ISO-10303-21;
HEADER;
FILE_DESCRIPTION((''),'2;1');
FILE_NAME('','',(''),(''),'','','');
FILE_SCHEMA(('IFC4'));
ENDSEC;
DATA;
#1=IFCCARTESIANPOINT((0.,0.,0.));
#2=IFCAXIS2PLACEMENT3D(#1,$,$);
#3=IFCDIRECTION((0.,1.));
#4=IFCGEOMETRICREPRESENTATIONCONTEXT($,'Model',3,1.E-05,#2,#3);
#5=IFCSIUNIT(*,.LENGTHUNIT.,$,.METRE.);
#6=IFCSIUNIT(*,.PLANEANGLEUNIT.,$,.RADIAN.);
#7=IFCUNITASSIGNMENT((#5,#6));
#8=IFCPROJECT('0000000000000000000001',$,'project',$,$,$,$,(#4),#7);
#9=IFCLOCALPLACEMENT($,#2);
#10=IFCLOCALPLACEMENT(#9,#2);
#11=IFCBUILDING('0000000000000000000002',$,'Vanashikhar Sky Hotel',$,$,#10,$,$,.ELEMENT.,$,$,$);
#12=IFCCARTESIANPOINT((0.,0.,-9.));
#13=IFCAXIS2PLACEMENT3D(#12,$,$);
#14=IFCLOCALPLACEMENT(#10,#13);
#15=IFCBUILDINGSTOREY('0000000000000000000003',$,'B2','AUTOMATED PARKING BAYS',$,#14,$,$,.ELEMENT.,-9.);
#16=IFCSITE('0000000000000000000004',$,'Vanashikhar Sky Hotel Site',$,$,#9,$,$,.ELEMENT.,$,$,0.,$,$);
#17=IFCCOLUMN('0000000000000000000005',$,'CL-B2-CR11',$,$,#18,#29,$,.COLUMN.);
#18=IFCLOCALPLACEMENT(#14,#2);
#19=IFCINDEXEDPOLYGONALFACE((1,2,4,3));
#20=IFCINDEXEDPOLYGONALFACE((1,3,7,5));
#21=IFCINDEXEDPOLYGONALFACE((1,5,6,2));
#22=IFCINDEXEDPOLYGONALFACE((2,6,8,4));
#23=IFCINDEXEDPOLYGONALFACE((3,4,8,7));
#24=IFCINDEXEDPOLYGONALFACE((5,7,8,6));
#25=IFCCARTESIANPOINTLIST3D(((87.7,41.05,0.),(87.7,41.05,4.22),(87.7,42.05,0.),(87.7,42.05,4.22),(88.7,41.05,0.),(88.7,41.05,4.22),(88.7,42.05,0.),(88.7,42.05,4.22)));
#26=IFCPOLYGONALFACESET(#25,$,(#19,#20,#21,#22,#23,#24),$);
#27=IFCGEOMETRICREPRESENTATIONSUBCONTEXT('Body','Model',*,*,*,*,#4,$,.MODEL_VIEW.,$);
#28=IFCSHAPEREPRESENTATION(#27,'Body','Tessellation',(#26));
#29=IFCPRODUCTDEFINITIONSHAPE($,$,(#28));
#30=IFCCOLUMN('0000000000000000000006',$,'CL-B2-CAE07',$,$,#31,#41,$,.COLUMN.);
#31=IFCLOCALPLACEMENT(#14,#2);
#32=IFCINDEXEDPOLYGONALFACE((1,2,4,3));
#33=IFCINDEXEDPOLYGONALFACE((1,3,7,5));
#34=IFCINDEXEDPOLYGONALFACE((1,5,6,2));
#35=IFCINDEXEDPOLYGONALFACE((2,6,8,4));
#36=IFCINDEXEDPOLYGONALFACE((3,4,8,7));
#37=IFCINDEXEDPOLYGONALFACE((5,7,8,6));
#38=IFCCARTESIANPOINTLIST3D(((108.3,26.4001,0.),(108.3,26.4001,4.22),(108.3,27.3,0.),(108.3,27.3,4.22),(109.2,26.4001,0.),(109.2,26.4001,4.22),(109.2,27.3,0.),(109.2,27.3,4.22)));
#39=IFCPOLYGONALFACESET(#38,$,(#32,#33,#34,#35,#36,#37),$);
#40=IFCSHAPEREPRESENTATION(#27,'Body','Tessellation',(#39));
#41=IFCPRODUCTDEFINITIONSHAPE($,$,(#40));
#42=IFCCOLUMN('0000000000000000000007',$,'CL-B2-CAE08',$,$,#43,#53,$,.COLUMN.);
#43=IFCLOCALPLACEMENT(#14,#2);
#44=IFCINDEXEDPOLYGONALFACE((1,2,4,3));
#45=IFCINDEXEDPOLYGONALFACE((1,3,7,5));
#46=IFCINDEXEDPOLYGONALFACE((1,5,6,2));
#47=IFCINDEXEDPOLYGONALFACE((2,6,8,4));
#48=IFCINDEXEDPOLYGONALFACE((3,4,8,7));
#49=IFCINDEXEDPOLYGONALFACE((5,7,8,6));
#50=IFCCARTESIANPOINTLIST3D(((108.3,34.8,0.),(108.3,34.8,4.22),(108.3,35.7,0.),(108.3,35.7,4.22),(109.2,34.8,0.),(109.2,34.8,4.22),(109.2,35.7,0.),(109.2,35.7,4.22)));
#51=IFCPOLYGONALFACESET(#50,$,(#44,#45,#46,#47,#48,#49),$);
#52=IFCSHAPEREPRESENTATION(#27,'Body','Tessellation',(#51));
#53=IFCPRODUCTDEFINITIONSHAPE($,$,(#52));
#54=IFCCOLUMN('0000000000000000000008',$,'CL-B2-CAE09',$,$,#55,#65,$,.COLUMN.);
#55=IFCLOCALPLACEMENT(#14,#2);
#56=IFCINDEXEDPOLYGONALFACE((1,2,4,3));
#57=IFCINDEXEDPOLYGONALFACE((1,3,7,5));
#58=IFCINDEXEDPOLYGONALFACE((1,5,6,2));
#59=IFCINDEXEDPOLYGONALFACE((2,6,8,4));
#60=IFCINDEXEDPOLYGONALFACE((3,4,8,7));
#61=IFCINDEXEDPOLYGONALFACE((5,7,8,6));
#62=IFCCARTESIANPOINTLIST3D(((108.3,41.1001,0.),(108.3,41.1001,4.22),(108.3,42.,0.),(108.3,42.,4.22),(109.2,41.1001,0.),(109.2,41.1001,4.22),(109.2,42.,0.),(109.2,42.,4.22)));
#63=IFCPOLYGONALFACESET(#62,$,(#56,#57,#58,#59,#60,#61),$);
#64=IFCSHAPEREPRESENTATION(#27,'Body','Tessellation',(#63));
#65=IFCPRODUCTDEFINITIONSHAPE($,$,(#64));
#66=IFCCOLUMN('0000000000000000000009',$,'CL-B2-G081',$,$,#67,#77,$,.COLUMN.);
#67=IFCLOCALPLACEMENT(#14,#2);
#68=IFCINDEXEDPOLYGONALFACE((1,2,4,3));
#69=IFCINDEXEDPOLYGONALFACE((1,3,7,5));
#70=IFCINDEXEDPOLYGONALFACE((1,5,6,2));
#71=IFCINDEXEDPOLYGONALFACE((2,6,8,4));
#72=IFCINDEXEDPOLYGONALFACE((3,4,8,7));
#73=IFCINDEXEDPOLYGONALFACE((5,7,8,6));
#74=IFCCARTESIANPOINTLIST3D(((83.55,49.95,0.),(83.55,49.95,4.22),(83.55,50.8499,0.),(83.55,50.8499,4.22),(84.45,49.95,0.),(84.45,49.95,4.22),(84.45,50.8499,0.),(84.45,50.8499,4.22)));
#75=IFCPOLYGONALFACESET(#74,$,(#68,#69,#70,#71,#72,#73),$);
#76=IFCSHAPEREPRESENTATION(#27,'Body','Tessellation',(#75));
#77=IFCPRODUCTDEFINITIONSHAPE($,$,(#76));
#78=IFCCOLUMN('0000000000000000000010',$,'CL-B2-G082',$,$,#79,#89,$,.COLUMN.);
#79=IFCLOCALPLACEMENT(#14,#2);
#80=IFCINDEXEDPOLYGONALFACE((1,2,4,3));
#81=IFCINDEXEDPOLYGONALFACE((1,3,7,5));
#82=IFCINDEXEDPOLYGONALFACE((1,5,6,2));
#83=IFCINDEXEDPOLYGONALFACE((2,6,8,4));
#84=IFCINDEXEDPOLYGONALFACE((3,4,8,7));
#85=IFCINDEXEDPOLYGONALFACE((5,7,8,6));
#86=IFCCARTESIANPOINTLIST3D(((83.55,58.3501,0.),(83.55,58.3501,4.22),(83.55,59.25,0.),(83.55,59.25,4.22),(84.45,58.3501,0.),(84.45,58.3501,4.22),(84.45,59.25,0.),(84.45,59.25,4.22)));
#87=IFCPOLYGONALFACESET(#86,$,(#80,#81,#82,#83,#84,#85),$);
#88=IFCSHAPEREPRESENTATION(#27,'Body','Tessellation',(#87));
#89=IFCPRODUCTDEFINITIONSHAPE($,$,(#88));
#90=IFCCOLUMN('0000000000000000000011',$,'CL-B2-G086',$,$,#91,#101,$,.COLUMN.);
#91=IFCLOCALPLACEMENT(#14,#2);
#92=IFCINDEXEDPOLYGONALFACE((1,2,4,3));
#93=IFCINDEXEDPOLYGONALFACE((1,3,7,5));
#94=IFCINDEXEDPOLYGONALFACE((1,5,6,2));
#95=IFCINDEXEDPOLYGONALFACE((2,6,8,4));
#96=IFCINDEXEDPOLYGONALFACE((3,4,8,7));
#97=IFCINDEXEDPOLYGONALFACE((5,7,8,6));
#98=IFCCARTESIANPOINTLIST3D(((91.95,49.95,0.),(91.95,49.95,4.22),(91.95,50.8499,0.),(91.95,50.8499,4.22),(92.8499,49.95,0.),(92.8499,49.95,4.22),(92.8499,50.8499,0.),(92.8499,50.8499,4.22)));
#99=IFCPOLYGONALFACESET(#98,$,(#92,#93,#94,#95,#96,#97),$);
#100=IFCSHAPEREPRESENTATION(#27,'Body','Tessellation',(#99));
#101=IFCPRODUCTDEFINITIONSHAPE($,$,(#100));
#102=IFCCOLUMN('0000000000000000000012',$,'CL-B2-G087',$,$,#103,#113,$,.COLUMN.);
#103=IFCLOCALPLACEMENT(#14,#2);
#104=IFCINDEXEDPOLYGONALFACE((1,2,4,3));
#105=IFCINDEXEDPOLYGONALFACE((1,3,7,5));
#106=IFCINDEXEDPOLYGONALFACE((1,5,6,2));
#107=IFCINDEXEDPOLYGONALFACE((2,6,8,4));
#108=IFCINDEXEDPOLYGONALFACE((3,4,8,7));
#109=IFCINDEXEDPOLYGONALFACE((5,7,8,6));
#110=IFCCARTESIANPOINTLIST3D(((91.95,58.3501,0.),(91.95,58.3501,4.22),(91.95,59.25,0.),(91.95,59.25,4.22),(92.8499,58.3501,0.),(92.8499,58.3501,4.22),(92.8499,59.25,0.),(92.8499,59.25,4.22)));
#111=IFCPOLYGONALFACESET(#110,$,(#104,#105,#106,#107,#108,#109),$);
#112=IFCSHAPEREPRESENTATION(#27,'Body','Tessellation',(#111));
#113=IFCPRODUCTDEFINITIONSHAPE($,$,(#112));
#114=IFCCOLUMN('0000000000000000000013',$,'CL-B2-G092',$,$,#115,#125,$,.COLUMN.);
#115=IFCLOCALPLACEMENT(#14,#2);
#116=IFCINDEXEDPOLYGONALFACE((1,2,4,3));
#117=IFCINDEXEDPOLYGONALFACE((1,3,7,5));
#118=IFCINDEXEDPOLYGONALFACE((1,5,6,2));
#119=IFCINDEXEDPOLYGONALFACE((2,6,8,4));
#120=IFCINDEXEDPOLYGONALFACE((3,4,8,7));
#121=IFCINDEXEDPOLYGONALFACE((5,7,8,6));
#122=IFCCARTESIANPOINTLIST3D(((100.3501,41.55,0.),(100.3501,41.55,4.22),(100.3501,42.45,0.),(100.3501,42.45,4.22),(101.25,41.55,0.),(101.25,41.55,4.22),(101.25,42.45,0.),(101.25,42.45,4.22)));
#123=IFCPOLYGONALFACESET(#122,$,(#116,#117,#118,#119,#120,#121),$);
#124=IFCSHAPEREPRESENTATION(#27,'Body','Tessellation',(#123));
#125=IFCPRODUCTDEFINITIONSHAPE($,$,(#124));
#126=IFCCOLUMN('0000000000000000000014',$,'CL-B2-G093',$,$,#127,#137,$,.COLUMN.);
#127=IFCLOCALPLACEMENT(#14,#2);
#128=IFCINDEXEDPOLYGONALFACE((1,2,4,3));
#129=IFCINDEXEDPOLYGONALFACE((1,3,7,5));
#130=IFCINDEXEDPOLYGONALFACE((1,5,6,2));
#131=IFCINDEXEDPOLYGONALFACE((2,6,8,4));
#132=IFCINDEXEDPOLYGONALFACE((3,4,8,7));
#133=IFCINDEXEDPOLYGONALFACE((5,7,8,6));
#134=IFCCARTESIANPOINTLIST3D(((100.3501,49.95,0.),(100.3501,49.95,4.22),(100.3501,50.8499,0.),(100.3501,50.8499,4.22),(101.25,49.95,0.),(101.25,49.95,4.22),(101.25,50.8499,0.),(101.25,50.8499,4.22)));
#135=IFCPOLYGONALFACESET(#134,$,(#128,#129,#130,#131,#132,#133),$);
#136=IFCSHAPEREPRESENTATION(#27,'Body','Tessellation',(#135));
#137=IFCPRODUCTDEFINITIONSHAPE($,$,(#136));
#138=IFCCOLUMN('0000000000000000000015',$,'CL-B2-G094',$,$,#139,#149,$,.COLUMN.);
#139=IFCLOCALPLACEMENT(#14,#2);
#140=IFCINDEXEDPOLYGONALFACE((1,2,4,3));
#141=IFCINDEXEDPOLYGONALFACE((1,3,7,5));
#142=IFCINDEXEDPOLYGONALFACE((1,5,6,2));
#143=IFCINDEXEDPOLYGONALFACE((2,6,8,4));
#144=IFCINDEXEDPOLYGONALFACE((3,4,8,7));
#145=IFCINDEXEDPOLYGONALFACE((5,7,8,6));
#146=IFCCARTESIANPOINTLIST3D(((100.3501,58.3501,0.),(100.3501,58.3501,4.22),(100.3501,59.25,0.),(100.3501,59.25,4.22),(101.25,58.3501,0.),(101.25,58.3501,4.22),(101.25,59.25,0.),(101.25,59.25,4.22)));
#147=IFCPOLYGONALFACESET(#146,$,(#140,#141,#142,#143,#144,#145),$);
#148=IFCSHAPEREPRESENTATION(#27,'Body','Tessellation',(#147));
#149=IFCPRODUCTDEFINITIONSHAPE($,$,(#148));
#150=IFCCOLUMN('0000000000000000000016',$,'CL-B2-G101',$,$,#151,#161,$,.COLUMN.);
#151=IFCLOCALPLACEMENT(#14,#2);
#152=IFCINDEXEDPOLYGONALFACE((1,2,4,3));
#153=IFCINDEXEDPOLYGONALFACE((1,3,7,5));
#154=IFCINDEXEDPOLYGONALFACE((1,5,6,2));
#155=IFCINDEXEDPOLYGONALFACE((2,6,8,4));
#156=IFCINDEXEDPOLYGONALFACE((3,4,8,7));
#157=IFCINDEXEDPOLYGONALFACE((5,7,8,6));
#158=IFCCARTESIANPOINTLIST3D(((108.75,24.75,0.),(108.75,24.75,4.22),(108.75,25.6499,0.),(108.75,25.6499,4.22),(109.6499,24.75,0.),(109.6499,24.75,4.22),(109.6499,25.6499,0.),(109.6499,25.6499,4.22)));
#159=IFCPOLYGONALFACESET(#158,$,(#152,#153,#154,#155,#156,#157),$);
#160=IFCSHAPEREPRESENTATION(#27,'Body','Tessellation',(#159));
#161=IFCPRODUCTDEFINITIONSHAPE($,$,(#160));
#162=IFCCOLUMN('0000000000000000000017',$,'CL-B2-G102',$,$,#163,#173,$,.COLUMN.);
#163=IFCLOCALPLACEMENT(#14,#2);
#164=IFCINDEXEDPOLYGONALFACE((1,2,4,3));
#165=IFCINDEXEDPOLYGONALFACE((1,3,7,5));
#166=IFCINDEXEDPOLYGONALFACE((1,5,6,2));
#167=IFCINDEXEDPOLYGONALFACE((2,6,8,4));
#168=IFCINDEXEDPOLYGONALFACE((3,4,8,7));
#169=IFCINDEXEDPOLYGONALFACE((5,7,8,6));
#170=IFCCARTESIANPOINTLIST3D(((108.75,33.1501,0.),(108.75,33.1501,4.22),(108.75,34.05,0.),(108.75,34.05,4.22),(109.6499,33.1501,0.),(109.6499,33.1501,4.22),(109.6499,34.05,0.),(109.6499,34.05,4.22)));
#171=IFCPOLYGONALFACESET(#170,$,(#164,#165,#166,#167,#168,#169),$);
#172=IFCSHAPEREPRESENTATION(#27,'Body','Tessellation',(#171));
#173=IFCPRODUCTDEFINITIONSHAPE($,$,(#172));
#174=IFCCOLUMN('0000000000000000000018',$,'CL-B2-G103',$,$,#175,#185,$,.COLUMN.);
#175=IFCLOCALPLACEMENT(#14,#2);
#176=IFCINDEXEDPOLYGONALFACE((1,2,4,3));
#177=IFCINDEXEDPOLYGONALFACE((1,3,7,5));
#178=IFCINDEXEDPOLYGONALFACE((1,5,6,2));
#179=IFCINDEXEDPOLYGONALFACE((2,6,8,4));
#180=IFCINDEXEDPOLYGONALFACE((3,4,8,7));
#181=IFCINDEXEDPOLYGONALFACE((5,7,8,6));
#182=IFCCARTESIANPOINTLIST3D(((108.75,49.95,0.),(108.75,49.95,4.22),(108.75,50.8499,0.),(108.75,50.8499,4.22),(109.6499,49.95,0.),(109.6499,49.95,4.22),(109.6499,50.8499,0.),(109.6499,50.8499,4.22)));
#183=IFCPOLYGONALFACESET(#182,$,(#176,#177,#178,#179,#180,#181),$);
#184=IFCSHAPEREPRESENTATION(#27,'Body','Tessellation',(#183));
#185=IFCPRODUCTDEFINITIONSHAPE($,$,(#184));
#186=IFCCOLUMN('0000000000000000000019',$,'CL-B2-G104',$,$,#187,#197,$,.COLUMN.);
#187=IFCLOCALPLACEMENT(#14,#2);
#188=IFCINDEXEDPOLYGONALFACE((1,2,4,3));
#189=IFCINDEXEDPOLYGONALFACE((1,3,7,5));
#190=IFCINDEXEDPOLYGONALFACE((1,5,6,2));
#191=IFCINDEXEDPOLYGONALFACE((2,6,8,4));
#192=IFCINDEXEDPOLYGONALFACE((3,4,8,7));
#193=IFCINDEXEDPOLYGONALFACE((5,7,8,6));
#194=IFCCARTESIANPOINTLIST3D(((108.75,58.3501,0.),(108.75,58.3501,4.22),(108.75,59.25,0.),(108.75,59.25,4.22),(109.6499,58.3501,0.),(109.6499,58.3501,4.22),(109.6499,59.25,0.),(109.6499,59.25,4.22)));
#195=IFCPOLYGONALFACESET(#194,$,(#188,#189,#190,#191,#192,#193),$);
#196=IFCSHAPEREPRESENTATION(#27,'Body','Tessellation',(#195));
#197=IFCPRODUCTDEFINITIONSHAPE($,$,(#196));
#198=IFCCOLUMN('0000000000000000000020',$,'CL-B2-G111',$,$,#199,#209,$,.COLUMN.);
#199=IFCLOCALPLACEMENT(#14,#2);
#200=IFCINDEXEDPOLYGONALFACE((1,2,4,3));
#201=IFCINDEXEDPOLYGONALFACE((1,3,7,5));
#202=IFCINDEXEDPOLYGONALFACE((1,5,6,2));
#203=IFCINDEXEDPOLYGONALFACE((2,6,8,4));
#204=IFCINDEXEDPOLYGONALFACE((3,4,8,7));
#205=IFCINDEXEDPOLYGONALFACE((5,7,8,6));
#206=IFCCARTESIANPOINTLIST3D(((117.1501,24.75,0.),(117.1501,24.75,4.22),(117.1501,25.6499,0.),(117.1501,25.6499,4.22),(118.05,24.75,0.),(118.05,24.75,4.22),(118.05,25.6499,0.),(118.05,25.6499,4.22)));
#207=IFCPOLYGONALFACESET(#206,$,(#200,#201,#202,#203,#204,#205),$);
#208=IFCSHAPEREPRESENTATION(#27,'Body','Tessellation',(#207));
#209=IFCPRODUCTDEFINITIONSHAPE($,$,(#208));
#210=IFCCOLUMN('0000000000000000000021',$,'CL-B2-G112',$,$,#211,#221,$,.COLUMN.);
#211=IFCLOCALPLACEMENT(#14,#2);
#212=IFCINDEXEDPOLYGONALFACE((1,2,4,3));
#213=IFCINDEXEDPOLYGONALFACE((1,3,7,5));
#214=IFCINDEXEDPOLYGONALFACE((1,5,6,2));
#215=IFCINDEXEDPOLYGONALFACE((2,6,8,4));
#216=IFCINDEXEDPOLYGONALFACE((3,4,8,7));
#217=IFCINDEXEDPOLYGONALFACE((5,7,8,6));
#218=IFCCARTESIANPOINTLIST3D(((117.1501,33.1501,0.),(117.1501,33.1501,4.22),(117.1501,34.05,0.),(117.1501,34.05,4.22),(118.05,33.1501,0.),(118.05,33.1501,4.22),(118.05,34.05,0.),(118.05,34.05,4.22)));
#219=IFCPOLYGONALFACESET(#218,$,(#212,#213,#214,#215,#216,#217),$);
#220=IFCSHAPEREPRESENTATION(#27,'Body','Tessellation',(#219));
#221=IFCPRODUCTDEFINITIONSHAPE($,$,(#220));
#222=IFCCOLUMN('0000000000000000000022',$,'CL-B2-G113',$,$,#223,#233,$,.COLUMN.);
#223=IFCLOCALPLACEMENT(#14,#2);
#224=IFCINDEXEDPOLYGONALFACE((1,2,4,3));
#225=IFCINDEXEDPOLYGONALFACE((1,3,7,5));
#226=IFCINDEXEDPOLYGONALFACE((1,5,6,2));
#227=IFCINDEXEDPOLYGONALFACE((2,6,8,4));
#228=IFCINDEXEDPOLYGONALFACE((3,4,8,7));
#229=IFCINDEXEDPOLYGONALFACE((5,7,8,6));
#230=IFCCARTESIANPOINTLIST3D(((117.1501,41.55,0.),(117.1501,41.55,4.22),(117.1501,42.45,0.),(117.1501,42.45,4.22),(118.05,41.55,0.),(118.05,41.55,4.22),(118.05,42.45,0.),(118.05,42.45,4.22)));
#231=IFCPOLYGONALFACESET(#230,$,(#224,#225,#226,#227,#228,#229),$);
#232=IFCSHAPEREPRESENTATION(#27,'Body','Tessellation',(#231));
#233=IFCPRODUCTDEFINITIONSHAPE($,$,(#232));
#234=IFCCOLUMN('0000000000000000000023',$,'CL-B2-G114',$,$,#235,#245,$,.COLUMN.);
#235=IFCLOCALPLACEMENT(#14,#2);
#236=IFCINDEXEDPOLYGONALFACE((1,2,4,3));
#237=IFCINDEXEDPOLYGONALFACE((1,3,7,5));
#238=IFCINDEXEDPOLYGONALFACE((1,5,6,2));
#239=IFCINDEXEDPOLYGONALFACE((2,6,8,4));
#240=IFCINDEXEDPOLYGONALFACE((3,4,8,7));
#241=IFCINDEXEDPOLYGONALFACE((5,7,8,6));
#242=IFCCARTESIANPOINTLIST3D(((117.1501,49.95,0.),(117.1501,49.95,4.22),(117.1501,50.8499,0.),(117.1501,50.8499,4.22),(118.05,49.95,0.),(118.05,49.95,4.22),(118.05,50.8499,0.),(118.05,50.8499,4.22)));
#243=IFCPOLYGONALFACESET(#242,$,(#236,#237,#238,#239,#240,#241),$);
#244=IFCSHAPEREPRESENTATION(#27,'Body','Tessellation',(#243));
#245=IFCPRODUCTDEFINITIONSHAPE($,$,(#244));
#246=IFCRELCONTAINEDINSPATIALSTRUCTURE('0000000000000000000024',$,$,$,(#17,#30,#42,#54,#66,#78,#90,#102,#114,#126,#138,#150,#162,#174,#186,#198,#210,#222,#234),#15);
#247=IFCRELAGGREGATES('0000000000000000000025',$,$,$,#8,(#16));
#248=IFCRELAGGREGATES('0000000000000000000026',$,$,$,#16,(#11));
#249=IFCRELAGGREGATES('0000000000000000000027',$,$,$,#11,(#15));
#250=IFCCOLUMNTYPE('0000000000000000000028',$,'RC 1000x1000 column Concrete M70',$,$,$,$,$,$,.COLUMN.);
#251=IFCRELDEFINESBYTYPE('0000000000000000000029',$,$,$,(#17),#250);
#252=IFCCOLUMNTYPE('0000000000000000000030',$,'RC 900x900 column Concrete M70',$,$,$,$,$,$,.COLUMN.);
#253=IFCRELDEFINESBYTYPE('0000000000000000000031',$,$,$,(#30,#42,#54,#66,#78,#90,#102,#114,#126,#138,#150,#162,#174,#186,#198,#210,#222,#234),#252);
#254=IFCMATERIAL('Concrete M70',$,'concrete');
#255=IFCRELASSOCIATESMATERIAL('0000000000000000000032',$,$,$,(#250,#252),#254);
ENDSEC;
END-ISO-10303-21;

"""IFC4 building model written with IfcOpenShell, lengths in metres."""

from ifc_helpers import new_model, si_unit, direction, frame, origin, origin_2d, place, context, subcontext, project, spatial, rectangle, extrude, source, transform, mapped, material, material_profile, profile_set, type_object, element, save


model = new_model("IFC4")

# Units and contexts
model_context = context("Model", 3, precision=1e-05, world=origin(), true_north=direction((0.0, 1.0)))
body_context = subcontext(model_context, "Body", "Model", "MODEL_VIEW")
ifc_project = project(units=[si_unit("LENGTHUNIT", "METRE"), si_unit("PLANEANGLEUNIT", "RADIAN")], contexts=[model_context])

# Site, building, storey
site_placement = place(None, origin())
site = spatial("IfcSite", under=ifc_project, at=site_placement, Name="Vanashikhar Sky Hotel Site", CompositionType="ELEMENT", RefElevation=0.0)
building_placement = place(site_placement, origin())
building = spatial("IfcBuilding", under=site, at=building_placement, Name="Vanashikhar Sky Hotel", CompositionType="ELEMENT")
storey_placement = place(building_placement, frame((0.0, 0.0, -9.0)))
storey = spatial("IfcBuildingStorey", under=building, at=storey_placement, Name="B2", Description="AUTOMATED PARKING BAYS", CompositionType="ELEMENT", Elevation=-9.0)

# Columns
ifc_material_1 = material(Name="Concrete M70", Category="concrete")
ifc_material_profile_1 = material_profile(ifc_material_1, rectangle(XDim=1.0, YDim=1.0, at=origin_2d()))
ifc_profile_set_1 = profile_set([ifc_material_profile_1], Name="RC 1000x1000 column Concrete M70")
column_type_1 = type_object("IfcColumnType", Name="RC 1000x1000 column Concrete M70", PredefinedType="COLUMN", material=ifc_profile_set_1)
shared_shape_1 = source(origin(), body_context, "Body", "SweptSolid", [
    extrude(rectangle(XDim=1.0, YDim=1.0, at=origin_2d()), origin(), (0.0, 0.0, 1.0), 4.22),
])
column_placement = place(storey_placement, frame((88.2, 41.55, 0.0), z_axis=(0.0, 0.0, 1.0), x_axis=(1.0, 0.0, 0.0)))
element("IfcColumn", 1, at=column_placement, inside=storey, type_object=column_type_1, Name="CL-B2-CR11", PredefinedType="COLUMN", context=body_context, shape_type="MappedRepresentation", body=[
    mapped(shared_shape_1, transform((0.0, 0.0, 0.0), scale=1.0)),
])
ifc_material_profile_2 = material_profile(ifc_material_1, rectangle(XDim=0.8999, YDim=0.8999, at=origin_2d()))
ifc_profile_set_2 = profile_set([ifc_material_profile_2], Name="RC 900x900 column Concrete M70")
column_type_2 = type_object("IfcColumnType", Name="RC 900x900 column Concrete M70", PredefinedType="COLUMN", material=ifc_profile_set_2)
shared_shape_2 = source(origin(), body_context, "Body", "SweptSolid", [
    extrude(rectangle(XDim=0.8999, YDim=0.8999, at=origin_2d()), origin(), (0.0, 0.0, 1.0), 4.22),
])
for number, where, z_axis, x_axis, name in (
    (2, (108.75, 26.8501, 0.0), (0.0, 0.0, 1.0), (1.0, 0.0, 0.0), "CL-B2-CAE07"),
    (3, (108.75, 35.25, 0.0), (0.0, 0.0, 1.0), (1.0, 0.0, 0.0), "CL-B2-CAE08"),
    (4, (108.75, 41.55, 0.0), (0.0, 0.0, 1.0), (1.0, 0.0, 0.0), "CL-B2-CAE09"),
    (5, (84.0, 50.3999, 0.0), (0.0, 0.0, 1.0), (1.0, 0.0, 0.0), "CL-B2-G081"),
    (6, (84.0, 58.8, 0.0), (0.0, 0.0, 1.0), (1.0, 0.0, 0.0), "CL-B2-G082"),
    (7, (92.3999, 50.3999, 0.0), (0.0, 0.0, 1.0), (1.0, 0.0, 0.0), "CL-B2-G086"),
    (8, (92.3999, 58.8, 0.0), (0.0, 0.0, 1.0), (1.0, 0.0, 0.0), "CL-B2-G087"),
    (9, (100.8, 42.0, 0.0), (0.0, 0.0, 1.0), (1.0, 0.0, 0.0), "CL-B2-G092"),
    (10, (100.8, 50.3999, 0.0), (0.0, 0.0, 1.0), (1.0, 0.0, 0.0), "CL-B2-G093"),
    (11, (100.8, 58.8, 0.0), (0.0, 0.0, 1.0), (1.0, 0.0, 0.0), "CL-B2-G094"),
    (12, (109.2, 25.2, 0.0), (0.0, 0.0, 1.0), (1.0, 0.0, 0.0), "CL-B2-G101"),
    (13, (109.2, 33.6001, 0.0), (0.0, 0.0, 1.0), (1.0, 0.0, 0.0), "CL-B2-G102"),
    (14, (109.2, 50.3999, 0.0), (0.0, 0.0, 1.0), (1.0, 0.0, 0.0), "CL-B2-G103"),
    (15, (109.2, 58.8, 0.0), (0.0, 0.0, 1.0), (1.0, 0.0, 0.0), "CL-B2-G104"),
    (16, (117.6001, 25.2, 0.0), (0.0, 0.0, 1.0), (1.0, 0.0, 0.0), "CL-B2-G111"),
    (17, (117.6001, 33.6001, 0.0), (0.0, 0.0, 1.0), (1.0, 0.0, 0.0), "CL-B2-G112"),
    (18, (117.6001, 42.0, 0.0), (0.0, 0.0, 1.0), (1.0, 0.0, 0.0), "CL-B2-G113"),
    (19, (117.6001, 50.3999, 0.0), (0.0, 0.0, 1.0), (1.0, 0.0, 0.0), "CL-B2-G114"),
):
    element("IfcColumn", number, at=place(storey_placement, frame(where, z_axis=z_axis, x_axis=x_axis)), inside=storey, type_object=column_type_2, Name=name, PredefinedType="COLUMN", context=body_context, shape_type="MappedRepresentation", body=[
        mapped(shared_shape_2, transform((0.0, 0.0, 0.0), scale=1.0)),
    ])

save(model, "model.ifc")
